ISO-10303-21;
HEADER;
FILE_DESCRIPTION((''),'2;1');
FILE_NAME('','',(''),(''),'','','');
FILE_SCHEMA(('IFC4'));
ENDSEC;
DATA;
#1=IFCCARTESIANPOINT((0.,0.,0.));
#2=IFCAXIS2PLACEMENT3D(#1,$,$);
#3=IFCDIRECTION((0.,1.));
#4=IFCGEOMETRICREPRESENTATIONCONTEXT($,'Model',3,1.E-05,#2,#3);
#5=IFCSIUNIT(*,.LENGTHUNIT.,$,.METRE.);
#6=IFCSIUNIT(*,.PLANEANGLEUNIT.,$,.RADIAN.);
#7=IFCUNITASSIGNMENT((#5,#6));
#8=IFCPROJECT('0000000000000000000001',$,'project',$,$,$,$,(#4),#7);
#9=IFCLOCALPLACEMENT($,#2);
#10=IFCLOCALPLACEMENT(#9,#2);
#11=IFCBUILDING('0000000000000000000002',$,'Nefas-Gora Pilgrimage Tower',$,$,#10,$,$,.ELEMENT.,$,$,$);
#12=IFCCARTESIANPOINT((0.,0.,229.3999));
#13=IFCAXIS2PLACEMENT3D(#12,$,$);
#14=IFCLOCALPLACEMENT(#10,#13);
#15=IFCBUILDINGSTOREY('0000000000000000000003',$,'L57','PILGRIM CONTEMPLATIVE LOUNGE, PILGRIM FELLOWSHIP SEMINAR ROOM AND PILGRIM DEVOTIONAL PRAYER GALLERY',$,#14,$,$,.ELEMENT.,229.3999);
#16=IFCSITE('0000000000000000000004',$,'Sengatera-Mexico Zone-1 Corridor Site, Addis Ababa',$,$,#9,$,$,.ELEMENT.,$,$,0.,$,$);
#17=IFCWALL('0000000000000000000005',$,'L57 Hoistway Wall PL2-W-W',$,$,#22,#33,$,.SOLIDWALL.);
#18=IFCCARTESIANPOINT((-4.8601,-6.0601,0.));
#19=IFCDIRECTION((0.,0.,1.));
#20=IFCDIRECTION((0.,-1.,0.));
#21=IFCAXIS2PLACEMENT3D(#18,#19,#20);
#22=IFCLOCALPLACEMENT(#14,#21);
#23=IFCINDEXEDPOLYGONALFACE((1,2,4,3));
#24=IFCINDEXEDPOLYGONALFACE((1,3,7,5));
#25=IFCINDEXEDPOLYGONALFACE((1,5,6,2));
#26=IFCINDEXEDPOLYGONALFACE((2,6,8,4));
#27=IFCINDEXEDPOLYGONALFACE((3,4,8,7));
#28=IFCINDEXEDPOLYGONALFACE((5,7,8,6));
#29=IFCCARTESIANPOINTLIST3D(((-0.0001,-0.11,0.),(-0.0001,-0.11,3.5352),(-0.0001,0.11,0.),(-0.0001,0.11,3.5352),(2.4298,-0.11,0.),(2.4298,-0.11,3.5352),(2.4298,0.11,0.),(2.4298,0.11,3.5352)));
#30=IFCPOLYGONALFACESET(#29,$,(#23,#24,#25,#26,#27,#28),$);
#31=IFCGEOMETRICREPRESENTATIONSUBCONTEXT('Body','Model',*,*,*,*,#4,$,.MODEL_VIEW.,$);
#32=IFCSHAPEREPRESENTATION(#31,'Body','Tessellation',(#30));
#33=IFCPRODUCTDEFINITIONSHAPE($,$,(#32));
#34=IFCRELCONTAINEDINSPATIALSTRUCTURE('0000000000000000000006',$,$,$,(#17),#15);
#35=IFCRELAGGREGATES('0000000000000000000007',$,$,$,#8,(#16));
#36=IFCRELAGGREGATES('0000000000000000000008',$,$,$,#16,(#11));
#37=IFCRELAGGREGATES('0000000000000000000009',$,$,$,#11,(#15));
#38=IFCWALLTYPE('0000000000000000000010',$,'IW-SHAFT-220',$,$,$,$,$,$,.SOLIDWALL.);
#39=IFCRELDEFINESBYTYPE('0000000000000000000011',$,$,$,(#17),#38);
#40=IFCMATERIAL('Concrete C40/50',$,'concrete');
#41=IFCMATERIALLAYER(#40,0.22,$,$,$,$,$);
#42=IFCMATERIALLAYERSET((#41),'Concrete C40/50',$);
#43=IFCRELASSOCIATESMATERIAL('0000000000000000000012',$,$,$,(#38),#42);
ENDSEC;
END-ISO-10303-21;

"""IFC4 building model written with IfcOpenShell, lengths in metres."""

from ifc_helpers import new_model, si_unit, direction, frame, frame_2d, origin, place, context, subcontext, project, spatial, rectangle, extrude, source, transform, mapped, material, layer, layer_set, type_object, element, save


model = new_model("IFC4")

# Units and contexts
model_context = context("Model", 3, precision=1e-05, world=origin(), true_north=direction((0.0, 1.0)))
body_context = subcontext(model_context, "Body", "Model", "MODEL_VIEW")
ifc_project = project(units=[si_unit("LENGTHUNIT", "METRE"), si_unit("PLANEANGLEUNIT", "RADIAN")], contexts=[model_context])

# Site, building, storey
site_placement = place(None, origin())
site = spatial("IfcSite", under=ifc_project, at=site_placement, Name="Sengatera-Mexico Zone-1 Corridor Site, Addis Ababa", CompositionType="ELEMENT", RefElevation=0.0)
building_placement = place(site_placement, origin())
building = spatial("IfcBuilding", under=site, at=building_placement, Name="Nefas-Gora Pilgrimage Tower", CompositionType="ELEMENT")
storey_placement = place(building_placement, frame((0.0, 0.0, 229.3999)))
storey = spatial("IfcBuildingStorey", under=building, at=storey_placement, Name="L57", Description="PILGRIM CONTEMPLATIVE LOUNGE, PILGRIM FELLOWSHIP SEMINAR ROOM AND PILGRIM DEVOTIONAL PRAYER GALLERY", CompositionType="ELEMENT", Elevation=229.3999)

# Wall
ifc_material_1 = material(Name="Concrete C40/50", Category="concrete")
ifc_layer_1 = layer(ifc_material_1, 0.22)
ifc_layer_set_1 = layer_set([ifc_layer_1], Name="Concrete C40/50")
wall_type_1 = type_object("IfcWallType", Name="IW-SHAFT-220", PredefinedType="SOLIDWALL", material=ifc_layer_set_1)
shared_shape_1 = source(origin(), body_context, "Body", "SweptSolid", [
    extrude(rectangle(XDim=2.4299, YDim=0.22, at=frame_2d((1.2148, 0.0))), origin(), (0.0, 0.0, 1.0), 3.5352),
])
wall_1_placement = place(storey_placement, frame((-4.8601, -6.0601, 0.0), z_axis=(0.0, 0.0, 1.0), x_axis=(0.0, -1.0, 0.0)))
element("IfcWall", 1, at=wall_1_placement, inside=storey, type_object=wall_type_1, Name="L57 Hoistway Wall PL2-W-W", PredefinedType="SOLIDWALL", context=body_context, shape_type="MappedRepresentation", body=[
    mapped(shared_shape_1, transform((0.0, 0.0, 0.0), x_axis=(1.0, 0.0, 0.0), y_axis=(0.0, 1.0, 0.0), z_axis=(0.0, 0.0, 1.0), scale=1.0)),
])

save(model, "model.ifc")
